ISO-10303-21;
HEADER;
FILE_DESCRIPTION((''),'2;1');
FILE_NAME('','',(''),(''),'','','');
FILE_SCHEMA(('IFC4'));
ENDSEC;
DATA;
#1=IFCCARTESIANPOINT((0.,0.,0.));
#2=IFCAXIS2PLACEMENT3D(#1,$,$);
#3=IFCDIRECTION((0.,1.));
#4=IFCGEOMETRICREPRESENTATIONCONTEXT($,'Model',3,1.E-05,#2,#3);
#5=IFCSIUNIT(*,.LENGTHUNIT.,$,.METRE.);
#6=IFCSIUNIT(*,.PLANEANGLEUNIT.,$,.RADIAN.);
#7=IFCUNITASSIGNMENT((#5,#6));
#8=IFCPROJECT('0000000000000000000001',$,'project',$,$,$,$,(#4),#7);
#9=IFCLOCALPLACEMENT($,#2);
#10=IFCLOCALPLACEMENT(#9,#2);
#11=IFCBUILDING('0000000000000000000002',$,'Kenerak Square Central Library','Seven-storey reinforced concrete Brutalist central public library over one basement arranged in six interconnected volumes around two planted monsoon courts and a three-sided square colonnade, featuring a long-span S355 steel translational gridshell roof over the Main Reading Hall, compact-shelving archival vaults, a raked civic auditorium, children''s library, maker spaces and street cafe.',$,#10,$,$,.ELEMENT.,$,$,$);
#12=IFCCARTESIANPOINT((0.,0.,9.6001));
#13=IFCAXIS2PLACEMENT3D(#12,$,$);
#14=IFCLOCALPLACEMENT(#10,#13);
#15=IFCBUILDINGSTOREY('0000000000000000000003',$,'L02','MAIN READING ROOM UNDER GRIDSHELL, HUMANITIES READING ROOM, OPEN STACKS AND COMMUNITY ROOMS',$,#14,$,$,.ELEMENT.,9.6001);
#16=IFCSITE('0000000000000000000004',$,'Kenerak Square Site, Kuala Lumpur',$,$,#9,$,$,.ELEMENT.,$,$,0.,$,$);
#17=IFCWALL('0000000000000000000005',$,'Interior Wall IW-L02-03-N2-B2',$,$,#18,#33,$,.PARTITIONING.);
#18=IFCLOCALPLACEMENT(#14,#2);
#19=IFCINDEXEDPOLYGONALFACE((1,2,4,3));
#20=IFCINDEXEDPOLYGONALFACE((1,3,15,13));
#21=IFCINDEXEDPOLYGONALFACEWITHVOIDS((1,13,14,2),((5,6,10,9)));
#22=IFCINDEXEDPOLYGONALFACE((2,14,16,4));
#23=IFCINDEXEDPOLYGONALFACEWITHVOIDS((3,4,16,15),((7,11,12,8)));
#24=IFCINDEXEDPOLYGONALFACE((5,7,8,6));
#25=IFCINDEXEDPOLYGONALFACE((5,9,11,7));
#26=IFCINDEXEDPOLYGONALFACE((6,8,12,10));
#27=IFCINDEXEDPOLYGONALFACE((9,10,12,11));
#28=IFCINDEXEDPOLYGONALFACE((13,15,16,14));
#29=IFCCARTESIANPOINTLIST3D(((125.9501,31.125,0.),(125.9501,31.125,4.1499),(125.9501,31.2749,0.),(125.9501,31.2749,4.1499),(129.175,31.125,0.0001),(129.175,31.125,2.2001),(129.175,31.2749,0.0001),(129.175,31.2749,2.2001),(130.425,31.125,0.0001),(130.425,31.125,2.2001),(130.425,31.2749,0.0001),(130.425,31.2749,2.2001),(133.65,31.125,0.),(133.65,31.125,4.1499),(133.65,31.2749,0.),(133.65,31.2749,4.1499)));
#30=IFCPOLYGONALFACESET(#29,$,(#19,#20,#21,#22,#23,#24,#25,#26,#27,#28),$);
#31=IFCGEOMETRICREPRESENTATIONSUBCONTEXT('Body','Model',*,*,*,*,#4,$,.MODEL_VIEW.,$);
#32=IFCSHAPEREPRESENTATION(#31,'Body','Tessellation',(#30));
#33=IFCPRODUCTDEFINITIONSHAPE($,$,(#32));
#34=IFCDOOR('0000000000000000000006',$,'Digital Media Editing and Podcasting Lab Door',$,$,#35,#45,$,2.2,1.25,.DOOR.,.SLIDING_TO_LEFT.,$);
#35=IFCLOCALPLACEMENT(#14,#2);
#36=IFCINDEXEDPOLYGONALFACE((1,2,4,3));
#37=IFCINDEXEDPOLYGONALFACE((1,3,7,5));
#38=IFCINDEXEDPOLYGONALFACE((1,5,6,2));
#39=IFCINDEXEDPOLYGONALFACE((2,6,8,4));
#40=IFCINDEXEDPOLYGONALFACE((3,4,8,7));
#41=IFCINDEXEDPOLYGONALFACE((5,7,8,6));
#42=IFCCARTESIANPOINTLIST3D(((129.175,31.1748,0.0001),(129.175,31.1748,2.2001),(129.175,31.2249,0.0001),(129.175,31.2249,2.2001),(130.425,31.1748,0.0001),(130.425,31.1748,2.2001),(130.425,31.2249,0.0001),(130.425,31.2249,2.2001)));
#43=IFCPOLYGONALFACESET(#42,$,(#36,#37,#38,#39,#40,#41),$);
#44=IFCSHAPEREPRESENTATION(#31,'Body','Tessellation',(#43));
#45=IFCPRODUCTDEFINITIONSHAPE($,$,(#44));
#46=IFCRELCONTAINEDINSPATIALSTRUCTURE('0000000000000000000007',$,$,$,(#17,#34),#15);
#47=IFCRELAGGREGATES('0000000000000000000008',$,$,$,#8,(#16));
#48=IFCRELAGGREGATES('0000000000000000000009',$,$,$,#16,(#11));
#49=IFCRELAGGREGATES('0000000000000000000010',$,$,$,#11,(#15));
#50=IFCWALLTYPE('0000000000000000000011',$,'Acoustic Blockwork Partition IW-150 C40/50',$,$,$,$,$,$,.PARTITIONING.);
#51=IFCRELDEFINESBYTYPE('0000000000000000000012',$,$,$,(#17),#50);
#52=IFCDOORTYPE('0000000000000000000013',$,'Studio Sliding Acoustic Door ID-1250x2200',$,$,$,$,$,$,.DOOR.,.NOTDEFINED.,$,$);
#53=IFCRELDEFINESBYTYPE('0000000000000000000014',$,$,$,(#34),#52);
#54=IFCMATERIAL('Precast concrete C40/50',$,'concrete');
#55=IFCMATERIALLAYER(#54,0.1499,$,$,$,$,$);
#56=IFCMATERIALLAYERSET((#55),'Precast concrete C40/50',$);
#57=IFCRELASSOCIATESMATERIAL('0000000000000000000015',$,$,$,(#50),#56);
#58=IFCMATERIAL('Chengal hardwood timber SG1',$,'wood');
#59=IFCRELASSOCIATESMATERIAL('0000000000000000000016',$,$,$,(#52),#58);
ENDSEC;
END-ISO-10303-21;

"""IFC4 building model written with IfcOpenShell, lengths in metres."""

from ifc_helpers import new_model, si_unit, direction, frame, frame_2d, origin, place, context, subcontext, project, spatial, rectangle, extrude, material, layer, layer_set, type_object, element, fill, save


model = new_model("IFC4")

# Units and contexts
model_context = context("Model", 3, precision=1e-05, world=origin(), true_north=direction((0.0, 1.0)))
body_context = subcontext(model_context, "Body", "Model", "MODEL_VIEW")
ifc_project = project(units=[si_unit("LENGTHUNIT", "METRE"), si_unit("PLANEANGLEUNIT", "RADIAN")], contexts=[model_context])

# Site, building, storey
site_placement = place(None, origin())
site = spatial("IfcSite", under=ifc_project, at=site_placement, Name="Kenerak Square Site, Kuala Lumpur", CompositionType="ELEMENT", RefElevation=0.0)
building_placement = place(site_placement, origin())
building = spatial("IfcBuilding", under=site, at=building_placement, Name="Kenerak Square Central Library", Description="Seven-storey reinforced concrete Brutalist central public library over one basement arranged in six interconnected volumes around two planted monsoon courts and a three-sided square colonnade, featuring a long-span S355 steel translational gridshell roof over the Main Reading Hall, compact-shelving archival vaults, a raked civic auditorium, children's library, maker spaces and street cafe.", CompositionType="ELEMENT")
storey_placement = place(building_placement, frame((0.0, 0.0, 9.6001)))
storey = spatial("IfcBuildingStorey", under=building, at=storey_placement, Name="L02", Description="MAIN READING ROOM UNDER GRIDSHELL, HUMANITIES READING ROOM, OPEN STACKS AND COMMUNITY ROOMS", CompositionType="ELEMENT", Elevation=9.6001)

# Wall, opening, door
ifc_material_1 = material(Name="Precast concrete C40/50", Category="concrete")
ifc_layer_1 = layer(ifc_material_1, 0.1499)
ifc_layer_set_1 = layer_set([ifc_layer_1], Name="Precast concrete C40/50")
wall_type = type_object("IfcWallType", Name="Acoustic Blockwork Partition IW-150 C40/50", PredefinedType="PARTITIONING", material=ifc_layer_set_1)
wall_placement = place(storey_placement, frame((125.95, 31.2, 0.0), z_axis=(0.0, 0.0, 1.0), x_axis=(1.0, 0.0, 0.0)))
wall = element("IfcWall", 1, at=wall_placement, inside=storey, type_object=wall_type, Name="Interior Wall IW-L02-03-N2-B2", PredefinedType="PARTITIONING", context=body_context, shape_type="SweptSolid", body=[
    extrude(rectangle(XDim=7.7, YDim=0.1499, at=frame_2d((3.8501, 0.0))), origin(), (0.0, 0.0, 1.0), 4.1499),
])
opening_placement = place(wall_placement, frame((3.2251, 0.0, 0.0)))
opening = element("IfcOpeningElement", 2, at=opening_placement, cuts=wall, PredefinedType="OPENING", context=body_context, shape_type="SweptSolid", body=[
    extrude(rectangle(XDim=1.25, YDim=2.2, at=frame_2d((0.625, 1.1001))), frame((0.0, 0.085, 0.0), z_axis=(0.0, -1.0, 0.0), x_axis=(1.0, 0.0, 0.0)), (0.0, 0.0, 1.0), 0.1699),
])
ifc_material_2 = material(Name="Chengal hardwood timber SG1", Category="wood")
door_type = type_object("IfcDoorType", Name="Studio Sliding Acoustic Door ID-1250x2200", OperationType="NOTDEFINED", PredefinedType="DOOR", material=ifc_material_2)
door_placement = place(opening_placement, origin())
door = element("IfcDoor", 3, at=door_placement, inside=storey, type_object=door_type, Name="Digital Media Editing and Podcasting Lab Door", OperationType="SLIDING_TO_LEFT", OverallHeight=2.2, OverallWidth=1.25, PredefinedType="DOOR", context=body_context, shape_type="SweptSolid", body=[
    extrude(rectangle(XDim=1.25, YDim=2.2, at=frame_2d((0.625, 1.1001))), frame((0.0, 0.0249, 0.0), z_axis=(0.0, -1.0, 0.0), x_axis=(1.0, 0.0, 0.0)), (0.0, 0.0, 1.0), 0.05),
])
fill(opening, door)

save(model, "model.ifc")
